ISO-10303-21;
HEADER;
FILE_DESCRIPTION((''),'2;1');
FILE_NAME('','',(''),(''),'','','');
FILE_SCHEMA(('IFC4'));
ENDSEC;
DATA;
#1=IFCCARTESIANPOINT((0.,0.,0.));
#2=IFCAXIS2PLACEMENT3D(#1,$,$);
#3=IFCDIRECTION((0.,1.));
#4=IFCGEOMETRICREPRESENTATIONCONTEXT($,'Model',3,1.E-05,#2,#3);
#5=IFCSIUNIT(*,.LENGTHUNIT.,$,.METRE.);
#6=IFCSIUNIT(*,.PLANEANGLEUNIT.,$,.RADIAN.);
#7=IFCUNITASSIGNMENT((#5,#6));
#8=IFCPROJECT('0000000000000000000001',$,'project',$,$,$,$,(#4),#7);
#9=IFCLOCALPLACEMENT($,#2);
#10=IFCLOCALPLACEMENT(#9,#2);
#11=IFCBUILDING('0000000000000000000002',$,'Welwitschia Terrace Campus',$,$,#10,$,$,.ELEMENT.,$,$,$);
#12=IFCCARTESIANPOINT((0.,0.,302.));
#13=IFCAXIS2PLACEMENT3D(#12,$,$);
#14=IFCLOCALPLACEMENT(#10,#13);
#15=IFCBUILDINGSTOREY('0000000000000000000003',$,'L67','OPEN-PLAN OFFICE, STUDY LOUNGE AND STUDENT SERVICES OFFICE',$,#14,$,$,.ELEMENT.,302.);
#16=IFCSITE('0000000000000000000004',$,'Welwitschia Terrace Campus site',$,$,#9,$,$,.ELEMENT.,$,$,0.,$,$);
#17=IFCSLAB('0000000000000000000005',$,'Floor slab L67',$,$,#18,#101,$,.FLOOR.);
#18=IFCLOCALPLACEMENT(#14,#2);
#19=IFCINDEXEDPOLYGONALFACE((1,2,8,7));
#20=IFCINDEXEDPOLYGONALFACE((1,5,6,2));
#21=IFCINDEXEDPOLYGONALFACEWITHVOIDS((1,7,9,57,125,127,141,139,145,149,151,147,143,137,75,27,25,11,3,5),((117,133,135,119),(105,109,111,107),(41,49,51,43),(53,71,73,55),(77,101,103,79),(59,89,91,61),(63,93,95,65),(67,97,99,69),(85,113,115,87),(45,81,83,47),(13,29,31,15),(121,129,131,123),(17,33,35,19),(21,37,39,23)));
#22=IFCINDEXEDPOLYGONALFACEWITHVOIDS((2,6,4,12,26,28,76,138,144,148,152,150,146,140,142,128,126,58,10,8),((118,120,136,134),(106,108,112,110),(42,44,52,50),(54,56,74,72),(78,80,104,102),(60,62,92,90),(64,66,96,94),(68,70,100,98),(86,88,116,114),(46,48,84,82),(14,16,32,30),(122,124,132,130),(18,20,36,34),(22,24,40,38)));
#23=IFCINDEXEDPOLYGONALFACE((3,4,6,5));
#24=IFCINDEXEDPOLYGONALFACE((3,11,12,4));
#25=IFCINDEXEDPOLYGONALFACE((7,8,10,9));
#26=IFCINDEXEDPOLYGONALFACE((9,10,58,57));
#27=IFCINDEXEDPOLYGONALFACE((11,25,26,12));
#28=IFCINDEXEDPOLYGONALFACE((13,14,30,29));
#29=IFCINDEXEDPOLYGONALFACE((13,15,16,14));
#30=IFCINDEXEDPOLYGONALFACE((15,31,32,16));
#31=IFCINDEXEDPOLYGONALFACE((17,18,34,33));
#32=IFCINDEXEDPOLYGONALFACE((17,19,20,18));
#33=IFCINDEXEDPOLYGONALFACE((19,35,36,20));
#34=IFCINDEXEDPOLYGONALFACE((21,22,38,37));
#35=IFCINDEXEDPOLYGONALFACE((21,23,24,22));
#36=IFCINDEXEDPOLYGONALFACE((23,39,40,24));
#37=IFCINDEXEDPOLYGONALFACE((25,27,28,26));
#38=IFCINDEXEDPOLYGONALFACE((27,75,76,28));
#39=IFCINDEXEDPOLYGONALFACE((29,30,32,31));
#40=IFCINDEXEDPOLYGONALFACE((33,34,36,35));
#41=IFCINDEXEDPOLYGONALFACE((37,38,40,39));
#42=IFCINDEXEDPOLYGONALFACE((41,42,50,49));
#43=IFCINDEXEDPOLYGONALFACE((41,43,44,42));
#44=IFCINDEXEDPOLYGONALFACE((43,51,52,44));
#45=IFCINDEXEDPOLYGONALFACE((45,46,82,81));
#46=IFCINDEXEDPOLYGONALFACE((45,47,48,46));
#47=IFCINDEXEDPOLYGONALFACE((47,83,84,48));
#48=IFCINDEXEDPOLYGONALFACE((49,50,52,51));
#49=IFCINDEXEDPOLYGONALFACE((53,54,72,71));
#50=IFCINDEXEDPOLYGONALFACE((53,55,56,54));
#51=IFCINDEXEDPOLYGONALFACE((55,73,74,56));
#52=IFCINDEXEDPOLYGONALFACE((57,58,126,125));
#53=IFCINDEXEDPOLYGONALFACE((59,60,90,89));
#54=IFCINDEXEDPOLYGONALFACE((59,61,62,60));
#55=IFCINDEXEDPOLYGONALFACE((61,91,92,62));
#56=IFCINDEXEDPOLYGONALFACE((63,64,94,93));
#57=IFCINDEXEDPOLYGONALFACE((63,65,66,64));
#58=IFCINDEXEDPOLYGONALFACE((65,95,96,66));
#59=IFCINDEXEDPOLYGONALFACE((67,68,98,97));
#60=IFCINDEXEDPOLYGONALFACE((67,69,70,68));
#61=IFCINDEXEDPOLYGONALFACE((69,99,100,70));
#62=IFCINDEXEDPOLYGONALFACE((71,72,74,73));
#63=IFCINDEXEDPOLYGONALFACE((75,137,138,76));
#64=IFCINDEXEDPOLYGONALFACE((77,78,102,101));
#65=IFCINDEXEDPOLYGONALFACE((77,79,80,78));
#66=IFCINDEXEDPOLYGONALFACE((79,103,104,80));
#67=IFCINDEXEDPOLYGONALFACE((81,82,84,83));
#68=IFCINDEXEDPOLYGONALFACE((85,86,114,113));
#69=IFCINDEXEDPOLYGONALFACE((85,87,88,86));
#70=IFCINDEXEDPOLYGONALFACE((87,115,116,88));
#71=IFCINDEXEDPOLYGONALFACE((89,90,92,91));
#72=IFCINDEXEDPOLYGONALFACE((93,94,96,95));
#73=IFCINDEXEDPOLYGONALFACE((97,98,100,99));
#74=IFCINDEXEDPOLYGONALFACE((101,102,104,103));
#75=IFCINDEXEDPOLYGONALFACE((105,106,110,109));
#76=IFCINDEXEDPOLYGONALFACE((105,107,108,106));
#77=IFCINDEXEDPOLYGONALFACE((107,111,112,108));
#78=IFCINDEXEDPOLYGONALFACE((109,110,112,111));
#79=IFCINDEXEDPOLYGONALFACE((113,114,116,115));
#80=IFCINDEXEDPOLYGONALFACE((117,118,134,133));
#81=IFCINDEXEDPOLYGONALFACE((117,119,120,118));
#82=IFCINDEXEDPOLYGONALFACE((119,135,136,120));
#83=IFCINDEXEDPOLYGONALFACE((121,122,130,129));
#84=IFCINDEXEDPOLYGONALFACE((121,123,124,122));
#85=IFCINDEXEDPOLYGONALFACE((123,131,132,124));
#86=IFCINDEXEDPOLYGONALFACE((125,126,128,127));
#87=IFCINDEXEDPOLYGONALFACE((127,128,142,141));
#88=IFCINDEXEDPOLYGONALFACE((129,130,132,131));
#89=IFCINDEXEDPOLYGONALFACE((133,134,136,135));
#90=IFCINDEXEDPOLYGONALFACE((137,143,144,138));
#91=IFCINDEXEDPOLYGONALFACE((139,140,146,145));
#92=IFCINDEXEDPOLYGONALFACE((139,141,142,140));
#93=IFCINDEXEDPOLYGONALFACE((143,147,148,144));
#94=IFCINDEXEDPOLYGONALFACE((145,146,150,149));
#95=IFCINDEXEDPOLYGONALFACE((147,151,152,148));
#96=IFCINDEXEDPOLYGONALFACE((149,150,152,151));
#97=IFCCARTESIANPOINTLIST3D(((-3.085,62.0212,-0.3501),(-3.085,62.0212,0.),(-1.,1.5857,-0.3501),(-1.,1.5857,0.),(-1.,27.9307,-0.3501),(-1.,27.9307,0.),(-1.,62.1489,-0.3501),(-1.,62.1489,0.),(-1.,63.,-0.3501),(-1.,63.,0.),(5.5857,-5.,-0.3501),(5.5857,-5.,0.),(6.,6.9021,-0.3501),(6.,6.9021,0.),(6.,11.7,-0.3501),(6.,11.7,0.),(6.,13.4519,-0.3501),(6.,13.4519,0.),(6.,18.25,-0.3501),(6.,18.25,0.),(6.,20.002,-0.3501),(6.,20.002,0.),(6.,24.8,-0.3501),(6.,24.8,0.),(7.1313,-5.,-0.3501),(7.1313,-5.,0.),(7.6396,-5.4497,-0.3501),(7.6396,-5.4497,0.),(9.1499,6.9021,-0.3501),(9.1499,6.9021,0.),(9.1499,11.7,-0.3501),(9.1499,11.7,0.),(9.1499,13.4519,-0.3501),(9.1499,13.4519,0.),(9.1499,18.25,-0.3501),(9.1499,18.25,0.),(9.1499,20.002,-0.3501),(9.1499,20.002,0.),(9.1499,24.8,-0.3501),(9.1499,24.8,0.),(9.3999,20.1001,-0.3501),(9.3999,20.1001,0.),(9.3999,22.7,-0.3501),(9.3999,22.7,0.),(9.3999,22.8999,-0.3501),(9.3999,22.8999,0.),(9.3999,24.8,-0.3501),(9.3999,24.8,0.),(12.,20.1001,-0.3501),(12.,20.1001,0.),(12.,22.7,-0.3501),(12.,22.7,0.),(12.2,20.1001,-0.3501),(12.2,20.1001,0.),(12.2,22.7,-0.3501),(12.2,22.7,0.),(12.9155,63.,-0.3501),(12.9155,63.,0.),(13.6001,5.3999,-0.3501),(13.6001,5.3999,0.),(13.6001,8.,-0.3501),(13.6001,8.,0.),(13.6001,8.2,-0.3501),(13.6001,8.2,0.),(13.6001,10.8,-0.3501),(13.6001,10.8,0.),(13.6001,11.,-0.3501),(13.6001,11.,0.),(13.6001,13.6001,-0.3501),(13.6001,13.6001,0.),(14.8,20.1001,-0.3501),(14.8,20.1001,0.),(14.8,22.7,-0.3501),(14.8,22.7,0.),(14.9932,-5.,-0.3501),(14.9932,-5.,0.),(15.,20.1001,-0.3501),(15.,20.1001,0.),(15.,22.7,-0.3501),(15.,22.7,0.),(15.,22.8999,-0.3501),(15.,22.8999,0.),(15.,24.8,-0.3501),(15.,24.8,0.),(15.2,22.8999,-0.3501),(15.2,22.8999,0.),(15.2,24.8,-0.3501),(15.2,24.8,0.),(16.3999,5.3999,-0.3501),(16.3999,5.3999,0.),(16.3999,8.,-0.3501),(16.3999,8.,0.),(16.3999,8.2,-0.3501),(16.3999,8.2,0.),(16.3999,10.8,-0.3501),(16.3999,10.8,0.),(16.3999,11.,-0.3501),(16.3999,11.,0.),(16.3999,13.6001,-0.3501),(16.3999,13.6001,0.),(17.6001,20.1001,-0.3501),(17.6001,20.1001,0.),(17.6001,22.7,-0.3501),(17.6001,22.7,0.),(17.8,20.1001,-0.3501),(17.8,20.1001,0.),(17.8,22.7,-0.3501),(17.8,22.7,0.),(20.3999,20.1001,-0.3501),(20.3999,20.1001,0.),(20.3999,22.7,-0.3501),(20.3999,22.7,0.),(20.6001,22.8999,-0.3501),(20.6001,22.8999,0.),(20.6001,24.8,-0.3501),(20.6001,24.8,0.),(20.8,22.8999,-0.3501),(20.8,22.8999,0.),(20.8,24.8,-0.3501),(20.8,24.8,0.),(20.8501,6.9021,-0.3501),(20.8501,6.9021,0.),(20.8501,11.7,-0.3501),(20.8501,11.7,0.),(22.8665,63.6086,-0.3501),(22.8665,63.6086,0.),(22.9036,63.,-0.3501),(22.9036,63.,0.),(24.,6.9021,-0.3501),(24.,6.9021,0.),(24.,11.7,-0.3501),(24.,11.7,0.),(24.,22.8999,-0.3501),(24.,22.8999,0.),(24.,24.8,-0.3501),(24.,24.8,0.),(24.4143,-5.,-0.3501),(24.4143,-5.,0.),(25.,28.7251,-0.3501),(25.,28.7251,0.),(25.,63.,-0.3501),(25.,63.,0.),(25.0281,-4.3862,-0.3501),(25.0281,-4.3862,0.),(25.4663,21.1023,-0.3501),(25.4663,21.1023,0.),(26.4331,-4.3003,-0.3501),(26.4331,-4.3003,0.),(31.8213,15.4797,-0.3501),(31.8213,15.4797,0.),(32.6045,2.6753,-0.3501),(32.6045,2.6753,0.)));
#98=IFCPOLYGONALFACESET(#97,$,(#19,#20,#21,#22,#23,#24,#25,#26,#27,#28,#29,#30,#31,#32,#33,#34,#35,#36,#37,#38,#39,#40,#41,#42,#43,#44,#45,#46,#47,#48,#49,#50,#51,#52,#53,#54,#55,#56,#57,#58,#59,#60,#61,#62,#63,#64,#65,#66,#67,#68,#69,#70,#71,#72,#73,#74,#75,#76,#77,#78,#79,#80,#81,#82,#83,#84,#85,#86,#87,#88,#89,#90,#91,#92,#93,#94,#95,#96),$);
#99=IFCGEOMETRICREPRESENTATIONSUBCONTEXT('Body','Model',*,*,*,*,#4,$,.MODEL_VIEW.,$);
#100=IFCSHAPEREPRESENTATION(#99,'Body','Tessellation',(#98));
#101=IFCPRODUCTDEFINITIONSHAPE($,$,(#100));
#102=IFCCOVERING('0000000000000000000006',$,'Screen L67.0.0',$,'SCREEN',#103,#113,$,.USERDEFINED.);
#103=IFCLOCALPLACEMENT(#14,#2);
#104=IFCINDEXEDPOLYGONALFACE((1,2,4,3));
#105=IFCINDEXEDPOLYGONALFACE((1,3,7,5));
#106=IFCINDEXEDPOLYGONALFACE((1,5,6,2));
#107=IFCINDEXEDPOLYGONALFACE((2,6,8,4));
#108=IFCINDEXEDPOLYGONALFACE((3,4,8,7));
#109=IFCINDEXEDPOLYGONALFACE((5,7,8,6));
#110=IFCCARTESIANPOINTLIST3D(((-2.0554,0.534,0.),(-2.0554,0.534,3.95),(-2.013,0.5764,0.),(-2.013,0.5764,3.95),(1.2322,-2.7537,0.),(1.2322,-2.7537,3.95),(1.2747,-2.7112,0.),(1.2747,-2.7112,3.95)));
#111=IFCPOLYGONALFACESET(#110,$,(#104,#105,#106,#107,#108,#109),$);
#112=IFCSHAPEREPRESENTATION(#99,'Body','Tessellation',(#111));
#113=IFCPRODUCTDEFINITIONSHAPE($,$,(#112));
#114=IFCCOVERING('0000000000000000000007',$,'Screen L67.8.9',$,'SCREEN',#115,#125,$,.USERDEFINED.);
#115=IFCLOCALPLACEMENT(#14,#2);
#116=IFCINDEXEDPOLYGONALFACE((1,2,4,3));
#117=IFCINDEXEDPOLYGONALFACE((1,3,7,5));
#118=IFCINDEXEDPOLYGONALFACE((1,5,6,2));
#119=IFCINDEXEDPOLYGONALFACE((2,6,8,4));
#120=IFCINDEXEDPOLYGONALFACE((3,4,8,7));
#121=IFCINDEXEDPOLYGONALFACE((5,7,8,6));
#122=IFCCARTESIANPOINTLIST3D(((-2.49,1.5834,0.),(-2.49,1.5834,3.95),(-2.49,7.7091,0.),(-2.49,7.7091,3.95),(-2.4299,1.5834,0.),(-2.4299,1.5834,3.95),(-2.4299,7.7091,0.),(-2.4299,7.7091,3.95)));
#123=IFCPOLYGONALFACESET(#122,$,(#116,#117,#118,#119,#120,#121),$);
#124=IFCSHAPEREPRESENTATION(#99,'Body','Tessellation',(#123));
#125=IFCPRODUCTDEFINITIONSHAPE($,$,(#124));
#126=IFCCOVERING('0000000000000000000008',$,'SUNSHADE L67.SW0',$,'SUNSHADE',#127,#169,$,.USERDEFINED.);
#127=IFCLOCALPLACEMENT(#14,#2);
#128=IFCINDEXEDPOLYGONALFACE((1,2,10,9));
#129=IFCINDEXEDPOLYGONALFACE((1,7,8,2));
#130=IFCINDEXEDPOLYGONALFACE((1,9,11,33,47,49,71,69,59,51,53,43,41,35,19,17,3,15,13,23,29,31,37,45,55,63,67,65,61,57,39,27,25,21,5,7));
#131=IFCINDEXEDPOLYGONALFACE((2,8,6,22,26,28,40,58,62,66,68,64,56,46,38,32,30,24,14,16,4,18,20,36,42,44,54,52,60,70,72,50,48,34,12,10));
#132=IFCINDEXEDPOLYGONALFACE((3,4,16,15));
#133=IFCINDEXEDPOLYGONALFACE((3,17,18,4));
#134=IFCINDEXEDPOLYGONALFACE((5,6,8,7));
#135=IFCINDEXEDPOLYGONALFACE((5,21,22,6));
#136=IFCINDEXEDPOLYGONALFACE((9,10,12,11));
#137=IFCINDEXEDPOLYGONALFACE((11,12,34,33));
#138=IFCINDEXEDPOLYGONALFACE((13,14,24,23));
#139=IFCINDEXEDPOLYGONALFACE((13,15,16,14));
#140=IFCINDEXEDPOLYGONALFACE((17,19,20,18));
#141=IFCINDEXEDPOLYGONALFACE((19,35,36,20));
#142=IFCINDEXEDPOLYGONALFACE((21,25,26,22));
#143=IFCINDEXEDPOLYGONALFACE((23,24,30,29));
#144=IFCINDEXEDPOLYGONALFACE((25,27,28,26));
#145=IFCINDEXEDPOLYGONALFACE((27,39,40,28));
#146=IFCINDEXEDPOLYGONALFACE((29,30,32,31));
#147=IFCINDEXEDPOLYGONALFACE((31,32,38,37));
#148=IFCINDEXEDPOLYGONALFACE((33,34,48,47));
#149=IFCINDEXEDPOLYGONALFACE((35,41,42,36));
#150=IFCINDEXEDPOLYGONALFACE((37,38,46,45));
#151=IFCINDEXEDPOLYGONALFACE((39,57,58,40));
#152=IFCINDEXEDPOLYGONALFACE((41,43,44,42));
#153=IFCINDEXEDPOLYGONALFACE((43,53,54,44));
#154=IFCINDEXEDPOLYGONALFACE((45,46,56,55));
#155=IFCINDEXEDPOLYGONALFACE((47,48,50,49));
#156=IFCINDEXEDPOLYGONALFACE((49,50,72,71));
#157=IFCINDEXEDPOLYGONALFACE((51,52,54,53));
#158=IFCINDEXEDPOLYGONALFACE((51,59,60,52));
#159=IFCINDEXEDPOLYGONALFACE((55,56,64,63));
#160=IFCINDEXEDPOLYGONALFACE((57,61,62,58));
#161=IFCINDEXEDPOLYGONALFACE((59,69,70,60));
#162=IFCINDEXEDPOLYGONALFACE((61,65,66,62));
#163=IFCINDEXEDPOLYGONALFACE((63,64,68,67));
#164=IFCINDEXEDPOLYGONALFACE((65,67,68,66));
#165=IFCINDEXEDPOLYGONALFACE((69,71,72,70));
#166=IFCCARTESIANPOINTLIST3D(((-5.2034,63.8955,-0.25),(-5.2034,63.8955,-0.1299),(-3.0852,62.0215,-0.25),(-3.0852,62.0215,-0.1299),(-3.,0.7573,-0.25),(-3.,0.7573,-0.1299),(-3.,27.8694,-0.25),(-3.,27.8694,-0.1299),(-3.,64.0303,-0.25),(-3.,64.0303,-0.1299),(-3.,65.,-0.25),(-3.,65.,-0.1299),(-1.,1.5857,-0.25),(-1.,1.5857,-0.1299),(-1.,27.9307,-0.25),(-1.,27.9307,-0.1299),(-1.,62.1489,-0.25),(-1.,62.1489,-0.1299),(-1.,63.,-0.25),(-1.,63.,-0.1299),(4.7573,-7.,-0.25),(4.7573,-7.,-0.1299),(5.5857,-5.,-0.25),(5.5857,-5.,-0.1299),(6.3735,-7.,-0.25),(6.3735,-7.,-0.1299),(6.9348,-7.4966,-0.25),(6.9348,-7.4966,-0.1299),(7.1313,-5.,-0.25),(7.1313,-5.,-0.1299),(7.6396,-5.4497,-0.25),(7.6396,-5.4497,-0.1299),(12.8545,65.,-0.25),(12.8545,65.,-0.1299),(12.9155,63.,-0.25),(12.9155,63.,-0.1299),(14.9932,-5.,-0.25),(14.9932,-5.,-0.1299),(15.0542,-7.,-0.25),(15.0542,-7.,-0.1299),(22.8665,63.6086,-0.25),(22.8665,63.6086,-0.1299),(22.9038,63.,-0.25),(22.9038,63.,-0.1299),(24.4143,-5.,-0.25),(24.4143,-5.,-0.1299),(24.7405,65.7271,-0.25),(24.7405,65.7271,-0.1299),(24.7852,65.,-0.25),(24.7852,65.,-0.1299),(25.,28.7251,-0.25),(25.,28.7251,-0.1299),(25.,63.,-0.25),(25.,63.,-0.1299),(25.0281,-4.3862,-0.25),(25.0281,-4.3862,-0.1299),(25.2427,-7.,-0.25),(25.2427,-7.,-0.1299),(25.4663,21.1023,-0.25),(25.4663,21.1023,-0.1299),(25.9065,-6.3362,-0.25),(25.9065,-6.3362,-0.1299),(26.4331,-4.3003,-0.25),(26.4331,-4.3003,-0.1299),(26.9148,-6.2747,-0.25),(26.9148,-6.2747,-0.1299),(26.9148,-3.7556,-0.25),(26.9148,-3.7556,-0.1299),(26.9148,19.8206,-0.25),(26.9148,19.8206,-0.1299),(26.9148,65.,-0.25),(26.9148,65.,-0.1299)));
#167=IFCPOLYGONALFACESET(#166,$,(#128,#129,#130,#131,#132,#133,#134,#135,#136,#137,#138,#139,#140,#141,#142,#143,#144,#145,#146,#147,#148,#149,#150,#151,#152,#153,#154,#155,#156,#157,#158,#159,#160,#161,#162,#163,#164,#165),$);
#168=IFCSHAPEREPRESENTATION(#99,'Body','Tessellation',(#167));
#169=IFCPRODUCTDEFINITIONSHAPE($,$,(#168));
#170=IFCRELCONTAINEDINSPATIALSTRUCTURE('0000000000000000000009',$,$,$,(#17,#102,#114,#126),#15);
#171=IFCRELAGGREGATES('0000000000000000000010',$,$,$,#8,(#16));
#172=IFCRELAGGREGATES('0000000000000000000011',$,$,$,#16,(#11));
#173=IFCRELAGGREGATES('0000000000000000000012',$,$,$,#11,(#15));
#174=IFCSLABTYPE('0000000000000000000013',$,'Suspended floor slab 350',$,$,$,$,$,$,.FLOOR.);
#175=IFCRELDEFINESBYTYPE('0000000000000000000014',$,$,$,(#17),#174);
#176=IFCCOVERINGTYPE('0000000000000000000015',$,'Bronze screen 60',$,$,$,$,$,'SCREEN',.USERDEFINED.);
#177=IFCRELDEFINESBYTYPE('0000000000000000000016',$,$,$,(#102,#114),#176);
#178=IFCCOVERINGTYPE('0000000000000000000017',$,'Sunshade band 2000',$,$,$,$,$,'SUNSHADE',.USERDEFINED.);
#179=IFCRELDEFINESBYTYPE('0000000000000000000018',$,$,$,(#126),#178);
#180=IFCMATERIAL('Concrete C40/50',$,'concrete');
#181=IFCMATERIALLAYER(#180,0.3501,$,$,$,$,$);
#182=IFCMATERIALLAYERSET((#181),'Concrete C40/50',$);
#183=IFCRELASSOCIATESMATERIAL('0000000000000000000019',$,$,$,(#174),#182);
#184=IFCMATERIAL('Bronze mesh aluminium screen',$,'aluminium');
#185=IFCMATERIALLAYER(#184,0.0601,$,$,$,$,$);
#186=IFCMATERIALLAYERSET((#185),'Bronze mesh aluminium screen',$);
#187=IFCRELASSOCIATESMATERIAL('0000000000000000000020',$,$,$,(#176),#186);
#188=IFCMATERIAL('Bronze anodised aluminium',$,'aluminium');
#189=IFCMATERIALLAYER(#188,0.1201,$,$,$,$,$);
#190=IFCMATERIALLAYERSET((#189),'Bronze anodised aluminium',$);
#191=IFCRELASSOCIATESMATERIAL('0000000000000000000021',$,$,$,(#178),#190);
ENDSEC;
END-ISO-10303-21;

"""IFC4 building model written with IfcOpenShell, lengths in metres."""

from ifc_helpers import new_model, si_unit, direction, frame, origin, origin_2d, place, context, subcontext, project, spatial, polyline, rectangle, outline, extrude, material, layer, layer_set, type_object, element, save


model = new_model("IFC4")

# Units and contexts
model_context = context("Model", 3, precision=1e-05, world=origin(), true_north=direction((0.0, 1.0)))
body_context = subcontext(model_context, "Body", "Model", "MODEL_VIEW")
ifc_project = project(units=[si_unit("LENGTHUNIT", "METRE"), si_unit("PLANEANGLEUNIT", "RADIAN")], contexts=[model_context])

# Site, building, storey
site_placement = place(None, origin())
site = spatial("IfcSite", under=ifc_project, at=site_placement, Name="Welwitschia Terrace Campus site", CompositionType="ELEMENT", RefElevation=0.0)
building_placement = place(site_placement, origin())
building = spatial("IfcBuilding", under=site, at=building_placement, Name="Welwitschia Terrace Campus", CompositionType="ELEMENT")
storey_placement = place(building_placement, frame((0.0, 0.0, 302.0)))
storey = spatial("IfcBuildingStorey", under=building, at=storey_placement, Name="L67", Description="OPEN-PLAN OFFICE, STUDY LOUNGE AND STUDENT SERVICES OFFICE", CompositionType="ELEMENT", Elevation=302.0)

# Slab
ifc_material_1 = material(Name="Concrete C40/50", Category="concrete")
ifc_layer_1 = layer(ifc_material_1, 0.3501)
ifc_layer_set_1 = layer_set([ifc_layer_1], Name="Concrete C40/50")
slab_type_1 = type_object("IfcSlabType", Name="Suspended floor slab 350", PredefinedType="FLOOR", material=ifc_layer_set_1)
slab_1_placement = place(storey_placement, frame((0.0, 0.0, -0.3501)))
element("IfcSlab", 1, at=slab_1_placement, inside=storey, type_object=slab_type_1, Name="Floor slab L67", PredefinedType="FLOOR", context=body_context, shape_type="SweptSolid", body=[
    extrude(outline(polyline([(-3.085, 62.0212), (-1.0, 62.1489), (-1.0, 63.0), (12.9155, 63.0), (22.8665, 63.6086), (22.9036, 63.0), (25.0, 63.0), (25.0, 28.7251), (25.4663, 21.1023), (31.8213, 15.4797), (32.6045, 2.6753), (26.4331, -4.3003), (25.0281, -4.3862), (24.4143, -5.0), (14.9932, -5.0), (7.6396, -5.4497), (7.1313, -5.0), (5.5857, -5.0), (-1.0, 1.5857), (-1.0, 27.9307), (-3.085, 62.0212)]), holes=[polyline([(13.6001, 8.0), (13.6001, 5.3999), (16.3999, 5.3999), (16.3999, 8.0), (13.6001, 8.0)]), polyline([(9.1499, 11.7), (6.0, 11.7), (6.0, 6.9021), (9.1499, 6.9021), (9.1499, 11.7)]), polyline([(9.1499, 18.25), (6.0, 18.25), (6.0, 13.4519), (9.1499, 13.4519), (9.1499, 18.25)]), polyline([(12.0, 22.7), (9.3999, 22.7), (9.3999, 20.1001), (12.0, 20.1001), (12.0, 22.7)]), polyline([(14.8, 22.7), (12.2, 22.7), (12.2, 20.1001), (14.8, 20.1001), (14.8, 22.7)]), polyline([(9.1499, 24.8), (6.0, 24.8), (6.0, 20.002), (9.1499, 20.002), (9.1499, 24.8)]), polyline([(15.0, 24.8), (9.3999, 24.8), (9.3999, 22.8999), (15.0, 22.8999), (15.0, 24.8)]), polyline([(20.8501, 11.7), (20.8501, 6.9021), (24.0, 6.9021), (24.0, 11.7), (20.8501, 11.7)]), polyline([(16.3999, 10.8), (13.6001, 10.8), (13.6001, 8.2), (16.3999, 8.2), (16.3999, 10.8)]), polyline([(16.3999, 13.6001), (13.6001, 13.6001), (13.6001, 11.0), (16.3999, 11.0), (16.3999, 13.6001)]), polyline([(17.6001, 22.7), (15.0, 22.7), (15.0, 20.1001), (17.6001, 20.1001), (17.6001, 22.7)]), polyline([(20.3999, 22.7), (17.8, 22.7), (17.8, 20.1001), (20.3999, 20.1001), (20.3999, 22.7)]), polyline([(20.6001, 24.8), (15.2, 24.8), (15.2, 22.8999), (20.6001, 22.8999), (20.6001, 24.8)]), polyline([(24.0, 24.8), (20.8, 24.8), (20.8, 22.8999), (24.0, 22.8999), (24.0, 24.8)])]), origin(), (0.0, 0.0, 1.0), 0.3501),
])

# Coverings
ifc_material_2 = material(Name="Bronze mesh aluminium screen", Category="aluminium")
ifc_layer_2 = layer(ifc_material_2, 0.0601)
ifc_layer_set_2 = layer_set([ifc_layer_2], Name="Bronze mesh aluminium screen")
covering_type_1 = type_object("IfcCoveringType", Name="Bronze screen 60", ElementType="SCREEN", PredefinedType="USERDEFINED", material=ifc_layer_set_2)
covering_1_placement = place(storey_placement, frame((-0.3904, -1.0886, 0.0), z_axis=(0.0, 0.0, 1.0), x_axis=(0.707107, -0.707107, 0.0)))
element("IfcCovering", 2, at=covering_1_placement, inside=storey, type_object=covering_type_1, Name="Screen L67.0.0", ObjectType="SCREEN", PredefinedType="USERDEFINED", context=body_context, shape_type="SweptSolid", body=[
    extrude(rectangle(XDim=4.6494, YDim=0.0601, at=origin_2d()), origin(), (0.0, 0.0, 1.0), 3.95),
])
covering_2_placement = place(storey_placement, frame((-2.46, 4.6462, 0.0), z_axis=(0.0, 0.0, 1.0), x_axis=(0.0, -1.0, 0.0)))
element("IfcCovering", 3, at=covering_2_placement, inside=storey, type_object=covering_type_1, Name="Screen L67.8.9", ObjectType="SCREEN", PredefinedType="USERDEFINED", context=body_context, shape_type="SweptSolid", body=[
    extrude(rectangle(XDim=6.1257, YDim=0.0601, at=origin_2d()), origin(), (0.0, 0.0, 1.0), 3.95),
])
ifc_material_3 = material(Name="Bronze anodised aluminium", Category="aluminium")
ifc_layer_3 = layer(ifc_material_3, 0.1201)
ifc_layer_set_3 = layer_set([ifc_layer_3], Name="Bronze anodised aluminium")
covering_type_2 = type_object("IfcCoveringType", Name="Sunshade band 2000", ElementType="SUNSHADE", PredefinedType="USERDEFINED", material=ifc_layer_set_3)
covering_3_placement = place(storey_placement, frame((0.0, 0.0, -0.25)))
element("IfcCovering", 4, at=covering_3_placement, inside=storey, type_object=covering_type_2, Name="SUNSHADE L67.SW0", ObjectType="SUNSHADE", PredefinedType="USERDEFINED", context=body_context, shape_type="SweptSolid", body=[
    extrude(outline(polyline([(-3.0, 64.0303), (-3.0, 65.0), (12.8545, 65.0), (24.7405, 65.7271), (24.7852, 65.0), (26.9148, 65.0), (26.9148, 19.8206), (25.4663, 21.1023), (25.0, 28.7251), (25.0, 63.0), (22.9038, 63.0), (22.8665, 63.6086), (12.9155, 63.0), (-1.0, 63.0), (-1.0, 62.1489), (-3.0852, 62.0215), (-1.0, 27.9307), (-1.0, 1.5857), (5.5857, -5.0), (7.1313, -5.0), (7.6396, -5.4497), (14.9932, -5.0), (24.4143, -5.0), (25.0281, -4.3862), (26.4331, -4.3003), (26.9148, -3.7556), (26.9148, -6.2747), (25.9065, -6.3362), (25.2427, -7.0), (15.0542, -7.0), (6.9348, -7.4966), (6.3735, -7.0), (4.7573, -7.0), (-3.0, 0.7573), (-3.0, 27.8694), (-5.2034, 63.8955), (-3.0, 64.0303)])), origin(), (0.0, 0.0, 1.0), 0.1201),
])

save(model, "model.ifc")
